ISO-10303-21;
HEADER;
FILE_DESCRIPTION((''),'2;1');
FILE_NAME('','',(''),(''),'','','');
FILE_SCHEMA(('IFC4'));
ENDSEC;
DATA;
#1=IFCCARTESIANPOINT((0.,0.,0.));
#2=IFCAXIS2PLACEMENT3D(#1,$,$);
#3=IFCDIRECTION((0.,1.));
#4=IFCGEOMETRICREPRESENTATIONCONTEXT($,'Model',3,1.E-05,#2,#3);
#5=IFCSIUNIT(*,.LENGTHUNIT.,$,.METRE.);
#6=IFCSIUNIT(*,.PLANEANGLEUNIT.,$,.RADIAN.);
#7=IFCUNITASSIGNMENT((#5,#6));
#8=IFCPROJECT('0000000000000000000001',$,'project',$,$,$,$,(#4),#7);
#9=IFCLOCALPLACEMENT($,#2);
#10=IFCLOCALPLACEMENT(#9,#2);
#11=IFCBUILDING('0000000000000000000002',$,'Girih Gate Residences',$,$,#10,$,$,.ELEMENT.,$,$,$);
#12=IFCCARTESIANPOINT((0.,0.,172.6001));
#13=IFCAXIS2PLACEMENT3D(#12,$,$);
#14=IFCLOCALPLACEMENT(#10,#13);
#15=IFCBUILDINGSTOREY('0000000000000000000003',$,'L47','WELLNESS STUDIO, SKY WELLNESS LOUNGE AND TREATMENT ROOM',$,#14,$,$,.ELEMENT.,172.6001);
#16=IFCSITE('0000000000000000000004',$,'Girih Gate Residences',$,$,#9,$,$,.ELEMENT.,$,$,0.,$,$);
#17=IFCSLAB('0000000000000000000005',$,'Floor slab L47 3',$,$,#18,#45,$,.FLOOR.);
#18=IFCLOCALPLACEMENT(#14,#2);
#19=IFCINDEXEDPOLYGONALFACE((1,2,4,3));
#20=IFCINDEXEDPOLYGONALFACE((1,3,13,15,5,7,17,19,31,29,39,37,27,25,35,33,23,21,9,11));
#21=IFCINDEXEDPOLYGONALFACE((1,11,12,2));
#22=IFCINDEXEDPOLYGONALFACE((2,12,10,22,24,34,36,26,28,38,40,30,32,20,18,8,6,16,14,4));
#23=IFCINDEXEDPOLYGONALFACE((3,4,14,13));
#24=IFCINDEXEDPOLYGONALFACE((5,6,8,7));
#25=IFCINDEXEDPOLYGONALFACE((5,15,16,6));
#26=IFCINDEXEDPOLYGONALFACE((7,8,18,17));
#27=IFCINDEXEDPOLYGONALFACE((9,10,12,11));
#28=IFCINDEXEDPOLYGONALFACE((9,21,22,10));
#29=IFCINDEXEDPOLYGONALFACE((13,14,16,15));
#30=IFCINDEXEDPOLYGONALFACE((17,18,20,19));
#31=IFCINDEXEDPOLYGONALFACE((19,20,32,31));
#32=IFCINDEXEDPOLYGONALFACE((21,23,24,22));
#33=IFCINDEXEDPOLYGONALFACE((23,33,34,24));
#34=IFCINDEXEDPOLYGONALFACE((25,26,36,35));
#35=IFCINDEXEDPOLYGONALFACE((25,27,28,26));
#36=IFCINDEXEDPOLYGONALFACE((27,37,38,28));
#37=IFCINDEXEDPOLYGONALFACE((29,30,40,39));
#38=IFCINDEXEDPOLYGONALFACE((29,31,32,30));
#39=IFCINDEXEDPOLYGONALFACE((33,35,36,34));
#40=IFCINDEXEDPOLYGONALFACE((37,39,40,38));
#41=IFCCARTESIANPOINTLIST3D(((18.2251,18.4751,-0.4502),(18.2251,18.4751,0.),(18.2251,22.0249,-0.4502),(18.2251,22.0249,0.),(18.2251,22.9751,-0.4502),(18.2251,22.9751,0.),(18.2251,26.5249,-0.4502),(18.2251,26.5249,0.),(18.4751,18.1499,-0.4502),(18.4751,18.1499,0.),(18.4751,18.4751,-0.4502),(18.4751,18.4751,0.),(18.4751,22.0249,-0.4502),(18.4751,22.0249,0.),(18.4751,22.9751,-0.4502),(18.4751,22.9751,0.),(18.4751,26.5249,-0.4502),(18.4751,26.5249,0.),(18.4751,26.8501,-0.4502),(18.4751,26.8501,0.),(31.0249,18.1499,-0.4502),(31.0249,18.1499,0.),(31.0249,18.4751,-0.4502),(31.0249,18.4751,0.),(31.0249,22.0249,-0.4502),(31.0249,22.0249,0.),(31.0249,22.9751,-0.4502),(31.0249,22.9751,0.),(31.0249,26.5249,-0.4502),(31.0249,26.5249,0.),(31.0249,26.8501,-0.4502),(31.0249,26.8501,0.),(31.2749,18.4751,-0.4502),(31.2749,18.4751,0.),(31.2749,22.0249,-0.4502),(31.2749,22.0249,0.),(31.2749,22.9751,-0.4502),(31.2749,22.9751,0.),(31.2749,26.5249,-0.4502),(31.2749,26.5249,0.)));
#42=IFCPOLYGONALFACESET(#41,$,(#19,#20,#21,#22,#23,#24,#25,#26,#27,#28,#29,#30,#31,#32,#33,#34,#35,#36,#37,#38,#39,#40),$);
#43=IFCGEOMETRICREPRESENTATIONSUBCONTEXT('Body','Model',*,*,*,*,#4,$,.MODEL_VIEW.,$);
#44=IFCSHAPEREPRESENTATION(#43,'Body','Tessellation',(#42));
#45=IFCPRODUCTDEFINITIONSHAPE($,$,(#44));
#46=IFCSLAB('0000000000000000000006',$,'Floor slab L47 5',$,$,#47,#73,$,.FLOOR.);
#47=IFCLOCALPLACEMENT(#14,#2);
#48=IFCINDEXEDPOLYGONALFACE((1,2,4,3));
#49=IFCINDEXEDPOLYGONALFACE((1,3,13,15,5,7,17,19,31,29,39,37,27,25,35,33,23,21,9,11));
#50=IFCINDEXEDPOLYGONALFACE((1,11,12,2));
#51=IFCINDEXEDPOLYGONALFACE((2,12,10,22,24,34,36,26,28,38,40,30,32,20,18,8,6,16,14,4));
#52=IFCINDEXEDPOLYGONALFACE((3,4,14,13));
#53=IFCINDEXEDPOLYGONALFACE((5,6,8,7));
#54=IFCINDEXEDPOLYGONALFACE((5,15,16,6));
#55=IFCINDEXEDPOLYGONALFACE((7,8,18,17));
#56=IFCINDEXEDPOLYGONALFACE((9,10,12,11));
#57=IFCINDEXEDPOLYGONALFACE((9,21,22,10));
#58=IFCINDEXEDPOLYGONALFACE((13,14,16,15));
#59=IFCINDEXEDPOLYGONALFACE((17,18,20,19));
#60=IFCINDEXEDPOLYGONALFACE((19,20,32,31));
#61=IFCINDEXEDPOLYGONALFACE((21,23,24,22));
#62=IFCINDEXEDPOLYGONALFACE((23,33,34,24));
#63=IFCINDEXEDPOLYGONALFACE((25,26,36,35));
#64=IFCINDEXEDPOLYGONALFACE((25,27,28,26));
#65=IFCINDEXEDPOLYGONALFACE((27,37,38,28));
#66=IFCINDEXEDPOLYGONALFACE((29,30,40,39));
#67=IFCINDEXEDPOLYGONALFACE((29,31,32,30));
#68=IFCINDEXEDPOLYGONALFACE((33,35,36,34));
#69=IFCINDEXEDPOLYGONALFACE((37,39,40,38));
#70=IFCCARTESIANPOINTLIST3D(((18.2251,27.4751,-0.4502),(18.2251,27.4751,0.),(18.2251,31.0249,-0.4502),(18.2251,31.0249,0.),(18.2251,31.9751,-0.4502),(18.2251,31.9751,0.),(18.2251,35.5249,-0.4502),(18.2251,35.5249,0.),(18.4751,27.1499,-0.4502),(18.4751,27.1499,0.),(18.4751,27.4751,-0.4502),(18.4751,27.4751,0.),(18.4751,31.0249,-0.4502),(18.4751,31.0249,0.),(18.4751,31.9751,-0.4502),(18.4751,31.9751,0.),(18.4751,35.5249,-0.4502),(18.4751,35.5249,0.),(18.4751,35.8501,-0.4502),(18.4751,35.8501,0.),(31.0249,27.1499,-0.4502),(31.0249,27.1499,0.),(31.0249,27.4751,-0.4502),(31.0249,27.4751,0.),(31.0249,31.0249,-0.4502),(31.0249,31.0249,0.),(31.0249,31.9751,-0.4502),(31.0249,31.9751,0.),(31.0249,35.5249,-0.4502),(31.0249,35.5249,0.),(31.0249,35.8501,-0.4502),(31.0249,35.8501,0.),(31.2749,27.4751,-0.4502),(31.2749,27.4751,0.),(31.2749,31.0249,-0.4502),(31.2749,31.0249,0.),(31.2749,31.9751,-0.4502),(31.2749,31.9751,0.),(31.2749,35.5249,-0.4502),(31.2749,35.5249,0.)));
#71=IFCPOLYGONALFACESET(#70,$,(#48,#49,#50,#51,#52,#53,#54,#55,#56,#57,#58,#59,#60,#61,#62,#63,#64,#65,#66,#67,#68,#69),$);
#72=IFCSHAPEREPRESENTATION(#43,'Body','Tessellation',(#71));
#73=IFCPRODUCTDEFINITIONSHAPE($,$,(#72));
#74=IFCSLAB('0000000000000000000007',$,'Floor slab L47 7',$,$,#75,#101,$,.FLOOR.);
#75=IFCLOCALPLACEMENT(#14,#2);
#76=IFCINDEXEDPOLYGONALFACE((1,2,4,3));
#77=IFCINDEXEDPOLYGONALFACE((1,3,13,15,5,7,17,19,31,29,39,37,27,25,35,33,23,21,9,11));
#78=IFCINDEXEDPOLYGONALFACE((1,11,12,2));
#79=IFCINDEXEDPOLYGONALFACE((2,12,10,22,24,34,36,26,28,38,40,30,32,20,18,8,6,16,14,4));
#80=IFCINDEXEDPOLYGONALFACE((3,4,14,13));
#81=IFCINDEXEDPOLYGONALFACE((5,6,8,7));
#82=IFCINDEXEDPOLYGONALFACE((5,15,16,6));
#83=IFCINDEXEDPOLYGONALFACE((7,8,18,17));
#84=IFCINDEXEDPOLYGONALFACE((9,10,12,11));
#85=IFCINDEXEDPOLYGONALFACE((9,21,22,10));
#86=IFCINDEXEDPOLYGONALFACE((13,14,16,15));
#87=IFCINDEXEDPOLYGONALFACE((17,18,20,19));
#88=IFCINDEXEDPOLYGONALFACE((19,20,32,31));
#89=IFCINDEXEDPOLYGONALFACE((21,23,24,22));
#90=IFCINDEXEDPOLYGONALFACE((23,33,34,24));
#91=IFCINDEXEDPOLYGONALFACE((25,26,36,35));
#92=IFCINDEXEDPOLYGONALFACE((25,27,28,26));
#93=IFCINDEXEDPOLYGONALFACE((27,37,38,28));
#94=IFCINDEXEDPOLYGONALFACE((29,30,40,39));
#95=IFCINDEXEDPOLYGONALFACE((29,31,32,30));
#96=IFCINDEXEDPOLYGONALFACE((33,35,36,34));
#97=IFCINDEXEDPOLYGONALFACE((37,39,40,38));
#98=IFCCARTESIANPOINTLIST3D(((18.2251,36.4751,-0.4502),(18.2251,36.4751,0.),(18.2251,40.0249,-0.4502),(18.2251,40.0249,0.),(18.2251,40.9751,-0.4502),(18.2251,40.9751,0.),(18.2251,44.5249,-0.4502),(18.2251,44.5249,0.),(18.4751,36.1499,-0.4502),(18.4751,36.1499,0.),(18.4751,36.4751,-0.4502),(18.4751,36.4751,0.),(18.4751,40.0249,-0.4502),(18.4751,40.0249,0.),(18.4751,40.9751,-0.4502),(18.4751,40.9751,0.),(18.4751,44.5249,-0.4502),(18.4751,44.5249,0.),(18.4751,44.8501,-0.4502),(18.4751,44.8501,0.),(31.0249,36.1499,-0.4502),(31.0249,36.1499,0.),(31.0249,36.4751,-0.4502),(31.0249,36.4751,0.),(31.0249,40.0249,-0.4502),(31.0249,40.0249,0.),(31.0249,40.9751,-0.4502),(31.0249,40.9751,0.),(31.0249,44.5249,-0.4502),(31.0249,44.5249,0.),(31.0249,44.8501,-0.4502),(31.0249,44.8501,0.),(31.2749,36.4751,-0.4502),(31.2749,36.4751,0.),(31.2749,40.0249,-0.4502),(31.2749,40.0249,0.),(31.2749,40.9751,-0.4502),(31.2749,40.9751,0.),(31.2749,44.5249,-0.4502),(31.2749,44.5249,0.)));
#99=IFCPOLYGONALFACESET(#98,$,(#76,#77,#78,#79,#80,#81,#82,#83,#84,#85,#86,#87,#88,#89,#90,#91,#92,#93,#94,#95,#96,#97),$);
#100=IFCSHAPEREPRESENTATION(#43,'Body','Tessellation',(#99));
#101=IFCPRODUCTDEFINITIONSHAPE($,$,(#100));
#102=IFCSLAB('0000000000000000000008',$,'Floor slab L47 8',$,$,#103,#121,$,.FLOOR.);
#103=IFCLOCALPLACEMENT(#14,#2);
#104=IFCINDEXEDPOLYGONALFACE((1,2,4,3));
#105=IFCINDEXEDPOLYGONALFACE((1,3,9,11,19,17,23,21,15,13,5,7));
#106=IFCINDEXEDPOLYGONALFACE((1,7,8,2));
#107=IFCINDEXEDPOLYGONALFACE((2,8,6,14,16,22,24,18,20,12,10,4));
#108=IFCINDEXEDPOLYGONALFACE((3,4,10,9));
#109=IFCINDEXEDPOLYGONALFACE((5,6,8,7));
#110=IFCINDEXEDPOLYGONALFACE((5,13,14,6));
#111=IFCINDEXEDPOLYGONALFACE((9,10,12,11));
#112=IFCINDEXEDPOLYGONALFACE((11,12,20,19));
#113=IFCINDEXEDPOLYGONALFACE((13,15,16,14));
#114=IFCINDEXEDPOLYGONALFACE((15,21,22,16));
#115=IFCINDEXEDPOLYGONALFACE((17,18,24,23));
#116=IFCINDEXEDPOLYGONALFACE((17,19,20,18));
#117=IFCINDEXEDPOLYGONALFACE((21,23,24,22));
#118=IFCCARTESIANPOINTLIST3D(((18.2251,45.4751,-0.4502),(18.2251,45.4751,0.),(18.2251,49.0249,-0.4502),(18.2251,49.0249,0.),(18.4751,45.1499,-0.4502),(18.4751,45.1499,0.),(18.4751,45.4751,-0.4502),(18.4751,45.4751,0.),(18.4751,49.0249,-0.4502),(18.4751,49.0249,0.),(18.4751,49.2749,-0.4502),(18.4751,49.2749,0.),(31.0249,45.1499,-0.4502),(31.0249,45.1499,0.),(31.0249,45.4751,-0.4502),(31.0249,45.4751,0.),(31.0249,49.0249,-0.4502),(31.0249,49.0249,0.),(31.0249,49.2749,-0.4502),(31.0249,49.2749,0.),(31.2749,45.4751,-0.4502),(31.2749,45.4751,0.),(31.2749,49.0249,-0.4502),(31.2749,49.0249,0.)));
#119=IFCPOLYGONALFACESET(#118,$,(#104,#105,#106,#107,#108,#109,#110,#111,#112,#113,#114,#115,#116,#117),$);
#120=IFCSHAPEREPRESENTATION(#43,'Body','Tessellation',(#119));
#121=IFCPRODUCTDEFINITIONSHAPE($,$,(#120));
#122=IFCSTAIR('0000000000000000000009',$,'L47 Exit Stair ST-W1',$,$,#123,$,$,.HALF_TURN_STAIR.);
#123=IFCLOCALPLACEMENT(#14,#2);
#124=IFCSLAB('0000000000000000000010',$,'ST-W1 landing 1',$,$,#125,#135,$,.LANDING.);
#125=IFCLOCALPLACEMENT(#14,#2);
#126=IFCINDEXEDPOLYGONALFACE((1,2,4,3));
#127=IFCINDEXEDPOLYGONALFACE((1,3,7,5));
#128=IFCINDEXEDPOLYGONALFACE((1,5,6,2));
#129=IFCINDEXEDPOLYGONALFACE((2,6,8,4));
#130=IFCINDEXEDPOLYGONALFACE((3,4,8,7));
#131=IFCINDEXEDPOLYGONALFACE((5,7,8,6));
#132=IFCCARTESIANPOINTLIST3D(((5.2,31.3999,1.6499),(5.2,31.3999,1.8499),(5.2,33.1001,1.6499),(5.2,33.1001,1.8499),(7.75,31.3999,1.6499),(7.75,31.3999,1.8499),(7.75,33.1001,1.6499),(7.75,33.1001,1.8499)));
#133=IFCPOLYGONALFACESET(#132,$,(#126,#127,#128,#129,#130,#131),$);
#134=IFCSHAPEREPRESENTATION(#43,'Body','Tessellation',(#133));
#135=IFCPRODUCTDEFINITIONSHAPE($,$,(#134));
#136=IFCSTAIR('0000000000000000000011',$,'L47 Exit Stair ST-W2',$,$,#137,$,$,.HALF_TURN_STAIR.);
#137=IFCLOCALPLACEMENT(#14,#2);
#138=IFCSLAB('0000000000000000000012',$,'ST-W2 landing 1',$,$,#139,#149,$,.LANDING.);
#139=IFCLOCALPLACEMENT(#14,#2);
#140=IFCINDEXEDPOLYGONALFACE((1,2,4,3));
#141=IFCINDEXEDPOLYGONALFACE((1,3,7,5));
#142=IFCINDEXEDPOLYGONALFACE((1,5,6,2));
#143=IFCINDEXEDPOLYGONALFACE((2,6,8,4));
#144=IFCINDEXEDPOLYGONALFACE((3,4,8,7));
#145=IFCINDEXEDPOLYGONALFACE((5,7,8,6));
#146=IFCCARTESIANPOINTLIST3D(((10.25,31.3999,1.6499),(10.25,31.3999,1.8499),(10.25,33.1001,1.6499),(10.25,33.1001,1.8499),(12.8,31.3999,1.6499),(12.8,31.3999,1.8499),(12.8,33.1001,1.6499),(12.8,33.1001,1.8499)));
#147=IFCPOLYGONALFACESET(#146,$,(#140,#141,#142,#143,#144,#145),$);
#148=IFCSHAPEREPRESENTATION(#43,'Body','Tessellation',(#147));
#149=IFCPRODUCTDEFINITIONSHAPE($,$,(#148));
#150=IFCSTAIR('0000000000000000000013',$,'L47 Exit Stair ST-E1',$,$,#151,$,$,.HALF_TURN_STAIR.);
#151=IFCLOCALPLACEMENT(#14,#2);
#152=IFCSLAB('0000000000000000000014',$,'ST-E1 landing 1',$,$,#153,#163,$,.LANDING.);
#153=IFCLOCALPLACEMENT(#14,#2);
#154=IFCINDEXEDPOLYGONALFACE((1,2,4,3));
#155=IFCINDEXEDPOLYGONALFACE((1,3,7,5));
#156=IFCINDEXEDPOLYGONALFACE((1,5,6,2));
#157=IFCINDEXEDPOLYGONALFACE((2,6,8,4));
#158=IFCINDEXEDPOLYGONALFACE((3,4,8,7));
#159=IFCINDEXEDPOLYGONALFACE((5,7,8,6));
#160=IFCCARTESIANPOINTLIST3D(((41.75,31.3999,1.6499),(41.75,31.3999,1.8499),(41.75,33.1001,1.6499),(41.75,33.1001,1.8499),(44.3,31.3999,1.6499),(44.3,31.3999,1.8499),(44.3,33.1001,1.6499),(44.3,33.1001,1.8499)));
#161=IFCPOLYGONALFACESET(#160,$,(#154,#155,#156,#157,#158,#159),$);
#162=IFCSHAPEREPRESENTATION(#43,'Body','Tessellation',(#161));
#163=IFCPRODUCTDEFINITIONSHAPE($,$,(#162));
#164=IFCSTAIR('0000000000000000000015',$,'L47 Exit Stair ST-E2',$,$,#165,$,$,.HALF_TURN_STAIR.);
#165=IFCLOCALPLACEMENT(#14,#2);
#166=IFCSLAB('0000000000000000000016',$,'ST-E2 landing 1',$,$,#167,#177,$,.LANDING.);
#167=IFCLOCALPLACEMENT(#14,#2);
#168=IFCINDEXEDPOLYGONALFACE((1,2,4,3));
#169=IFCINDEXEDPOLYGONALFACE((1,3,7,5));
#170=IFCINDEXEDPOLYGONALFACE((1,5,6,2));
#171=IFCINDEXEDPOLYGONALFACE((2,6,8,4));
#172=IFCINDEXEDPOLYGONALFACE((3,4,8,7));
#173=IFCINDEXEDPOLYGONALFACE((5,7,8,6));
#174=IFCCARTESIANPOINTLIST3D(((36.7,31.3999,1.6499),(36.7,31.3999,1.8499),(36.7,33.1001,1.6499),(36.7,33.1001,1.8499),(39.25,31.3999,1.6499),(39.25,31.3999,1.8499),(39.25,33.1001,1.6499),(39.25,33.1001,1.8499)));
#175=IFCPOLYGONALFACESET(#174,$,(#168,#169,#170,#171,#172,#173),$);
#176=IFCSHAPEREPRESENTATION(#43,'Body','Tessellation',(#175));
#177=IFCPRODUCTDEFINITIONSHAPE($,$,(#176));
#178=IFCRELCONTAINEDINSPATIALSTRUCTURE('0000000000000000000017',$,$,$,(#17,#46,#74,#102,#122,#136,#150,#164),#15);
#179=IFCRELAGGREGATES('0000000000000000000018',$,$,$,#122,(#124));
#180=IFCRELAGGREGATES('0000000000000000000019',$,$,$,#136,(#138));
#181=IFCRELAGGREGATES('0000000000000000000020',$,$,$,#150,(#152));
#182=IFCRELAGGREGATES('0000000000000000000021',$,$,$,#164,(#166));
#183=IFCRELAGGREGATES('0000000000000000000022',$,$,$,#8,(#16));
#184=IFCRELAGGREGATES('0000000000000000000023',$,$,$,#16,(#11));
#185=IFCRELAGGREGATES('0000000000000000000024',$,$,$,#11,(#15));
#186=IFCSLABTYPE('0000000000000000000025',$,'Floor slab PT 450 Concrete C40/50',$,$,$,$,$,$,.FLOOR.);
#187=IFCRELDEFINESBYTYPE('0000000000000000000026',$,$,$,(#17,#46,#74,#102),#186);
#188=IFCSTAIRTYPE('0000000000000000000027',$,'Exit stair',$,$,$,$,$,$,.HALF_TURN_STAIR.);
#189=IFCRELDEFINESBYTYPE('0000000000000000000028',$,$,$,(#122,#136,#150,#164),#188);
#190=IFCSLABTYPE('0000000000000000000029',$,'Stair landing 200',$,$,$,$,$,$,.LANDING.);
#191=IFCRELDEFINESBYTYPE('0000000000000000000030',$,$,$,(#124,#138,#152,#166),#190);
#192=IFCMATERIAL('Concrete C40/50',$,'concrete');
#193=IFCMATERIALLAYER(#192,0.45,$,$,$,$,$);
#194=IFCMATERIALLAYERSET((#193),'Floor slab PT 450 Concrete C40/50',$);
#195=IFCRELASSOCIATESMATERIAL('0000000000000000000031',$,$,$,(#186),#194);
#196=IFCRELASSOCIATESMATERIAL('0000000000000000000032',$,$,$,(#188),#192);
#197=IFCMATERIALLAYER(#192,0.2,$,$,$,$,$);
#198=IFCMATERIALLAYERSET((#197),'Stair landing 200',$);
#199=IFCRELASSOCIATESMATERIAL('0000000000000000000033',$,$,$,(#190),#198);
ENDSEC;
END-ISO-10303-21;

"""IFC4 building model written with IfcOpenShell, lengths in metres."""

from ifc_helpers import new_model, si_unit, direction, frame, origin, place, context, subcontext, project, spatial, polyline, outline, extrude, material, layer, layer_set, type_object, element, aggregate, save


model = new_model("IFC4")

# Units and contexts
model_context = context("Model", 3, precision=1e-05, world=origin(), true_north=direction((0.0, 1.0)))
body_context = subcontext(model_context, "Body", "Model", "MODEL_VIEW")
ifc_project = project(units=[si_unit("LENGTHUNIT", "METRE"), si_unit("PLANEANGLEUNIT", "RADIAN")], contexts=[model_context])

# Site, building, storey
site_placement = place(None, origin())
site = spatial("IfcSite", under=ifc_project, at=site_placement, Name="Girih Gate Residences", CompositionType="ELEMENT", RefElevation=0.0)
building_placement = place(site_placement, origin())
building = spatial("IfcBuilding", under=site, at=building_placement, Name="Girih Gate Residences", CompositionType="ELEMENT")
storey_placement = place(building_placement, frame((0.0, 0.0, 172.6001)))
storey = spatial("IfcBuildingStorey", under=building, at=storey_placement, Name="L47", Description="WELLNESS STUDIO, SKY WELLNESS LOUNGE AND TREATMENT ROOM", CompositionType="ELEMENT", Elevation=172.6001)

# Slabs
ifc_material_1 = material(Name="Concrete C40/50", Category="concrete")
ifc_layer_1 = layer(ifc_material_1, 0.45)
ifc_layer_set_1 = layer_set([ifc_layer_1], Name="Floor slab PT 450 Concrete C40/50")
slab_type_1 = type_object("IfcSlabType", Name="Floor slab PT 450 Concrete C40/50", PredefinedType="FLOOR", material=ifc_layer_set_1)
slab_1_placement = place(storey_placement, frame((0.0, 0.0, -0.4502)))
element("IfcSlab", 1, at=slab_1_placement, inside=storey, type_object=slab_type_1, Name="Floor slab L47 3", PredefinedType="FLOOR", context=body_context, shape_type="SweptSolid", body=[
    extrude(outline(polyline([(18.4751, 26.8501), (18.4751, 26.5249), (18.2251, 26.5249), (18.2251, 22.9751), (18.4751, 22.9751), (18.4751, 22.0249), (18.2251, 22.0249), (18.2251, 18.4751), (18.4751, 18.4751), (18.4751, 18.1499), (31.0249, 18.1499), (31.0249, 18.4751), (31.2749, 18.4751), (31.2749, 22.0249), (31.0249, 22.0249), (31.0249, 22.9751), (31.2749, 22.9751), (31.2749, 26.5249), (31.0249, 26.5249), (31.0249, 26.8501), (18.4751, 26.8501)])), origin(), (0.0, 0.0, 1.0), 0.4502),
])
slab_2_placement = place(storey_placement, frame((0.0, 0.0, -0.4502)))
element("IfcSlab", 2, at=slab_2_placement, inside=storey, type_object=slab_type_1, Name="Floor slab L47 5", PredefinedType="FLOOR", context=body_context, shape_type="SweptSolid", body=[
    extrude(outline(polyline([(18.4751, 35.8501), (18.4751, 35.5249), (18.2251, 35.5249), (18.2251, 31.9751), (18.4751, 31.9751), (18.4751, 31.0249), (18.2251, 31.0249), (18.2251, 27.4751), (18.4751, 27.4751), (18.4751, 27.1499), (31.0249, 27.1499), (31.0249, 27.4751), (31.2749, 27.4751), (31.2749, 31.0249), (31.0249, 31.0249), (31.0249, 31.9751), (31.2749, 31.9751), (31.2749, 35.5249), (31.0249, 35.5249), (31.0249, 35.8501), (18.4751, 35.8501)])), origin(), (0.0, 0.0, 1.0), 0.4502),
])
slab_3_placement = place(storey_placement, frame((0.0, 0.0, -0.4502)))
element("IfcSlab", 3, at=slab_3_placement, inside=storey, type_object=slab_type_1, Name="Floor slab L47 7", PredefinedType="FLOOR", context=body_context, shape_type="SweptSolid", body=[
    extrude(outline(polyline([(18.4751, 44.8501), (18.4751, 44.5249), (18.2251, 44.5249), (18.2251, 40.9751), (18.4751, 40.9751), (18.4751, 40.0249), (18.2251, 40.0249), (18.2251, 36.4751), (18.4751, 36.4751), (18.4751, 36.1499), (31.0249, 36.1499), (31.0249, 36.4751), (31.2749, 36.4751), (31.2749, 40.0249), (31.0249, 40.0249), (31.0249, 40.9751), (31.2749, 40.9751), (31.2749, 44.5249), (31.0249, 44.5249), (31.0249, 44.8501), (18.4751, 44.8501)])), origin(), (0.0, 0.0, 1.0), 0.4502),
])
slab_4_placement = place(storey_placement, frame((0.0, 0.0, -0.4502)))
element("IfcSlab", 4, at=slab_4_placement, inside=storey, type_object=slab_type_1, Name="Floor slab L47 8", PredefinedType="FLOOR", context=body_context, shape_type="SweptSolid", body=[
    extrude(outline(polyline([(31.0249, 49.2749), (18.4751, 49.2749), (18.4751, 49.0249), (18.2251, 49.0249), (18.2251, 45.4751), (18.4751, 45.4751), (18.4751, 45.1499), (31.0249, 45.1499), (31.0249, 45.4751), (31.2749, 45.4751), (31.2749, 49.0249), (31.0249, 49.0249), (31.0249, 49.2749)])), origin(), (0.0, 0.0, 1.0), 0.4502),
])

# Stairs, slabs
stair_type = type_object("IfcStairType", Name="Exit stair", PredefinedType="HALF_TURN_STAIR", material=ifc_material_1)
stair_1_placement = place(storey_placement, origin())
stair_1 = element("IfcStair", 5, at=stair_1_placement, inside=storey, type_object=stair_type, Name="L47 Exit Stair ST-W1", PredefinedType="HALF_TURN_STAIR")
ifc_layer_2 = layer(ifc_material_1, 0.2)
ifc_layer_set_2 = layer_set([ifc_layer_2], Name="Stair landing 200")
slab_type_2 = type_object("IfcSlabType", Name="Stair landing 200", PredefinedType="LANDING", material=ifc_layer_set_2)
slab_5_placement = place(storey_placement, frame((0.0, 0.0, 1.6499)))
slab_5 = element("IfcSlab", 6, at=slab_5_placement, type_object=slab_type_2, Name="ST-W1 landing 1", PredefinedType="LANDING", context=body_context, shape_type="SweptSolid", body=[
    extrude(outline(polyline([(7.75, 31.3999), (7.75, 33.1001), (5.2, 33.1001), (5.2, 31.3999), (7.75, 31.3999)])), origin(), (0.0, 0.0, 1.0), 0.2),
])
aggregate(stair_1, [slab_5])
stair_2_placement = place(storey_placement, origin())
stair_2 = element("IfcStair", 7, at=stair_2_placement, inside=storey, type_object=stair_type, Name="L47 Exit Stair ST-W2", PredefinedType="HALF_TURN_STAIR")
slab_6_placement = place(storey_placement, frame((0.0, 0.0, 1.6499)))
slab_6 = element("IfcSlab", 8, at=slab_6_placement, type_object=slab_type_2, Name="ST-W2 landing 1", PredefinedType="LANDING", context=body_context, shape_type="SweptSolid", body=[
    extrude(outline(polyline([(12.8, 31.3999), (12.8, 33.1001), (10.25, 33.1001), (10.25, 31.3999), (12.8, 31.3999)])), origin(), (0.0, 0.0, 1.0), 0.2),
])
aggregate(stair_2, [slab_6])
stair_3_placement = place(storey_placement, origin())
stair_3 = element("IfcStair", 9, at=stair_3_placement, inside=storey, type_object=stair_type, Name="L47 Exit Stair ST-E1", PredefinedType="HALF_TURN_STAIR")
slab_7_placement = place(storey_placement, frame((0.0, 0.0, 1.6499)))
slab_7 = element("IfcSlab", 10, at=slab_7_placement, type_object=slab_type_2, Name="ST-E1 landing 1", PredefinedType="LANDING", context=body_context, shape_type="SweptSolid", body=[
    extrude(outline(polyline([(44.3, 31.3999), (44.3, 33.1001), (41.75, 33.1001), (41.75, 31.3999), (44.3, 31.3999)])), origin(), (0.0, 0.0, 1.0), 0.2),
])
aggregate(stair_3, [slab_7])
stair_4_placement = place(storey_placement, origin())
stair_4 = element("IfcStair", 11, at=stair_4_placement, inside=storey, type_object=stair_type, Name="L47 Exit Stair ST-E2", PredefinedType="HALF_TURN_STAIR")
slab_8_placement = place(storey_placement, frame((0.0, 0.0, 1.6499)))
slab_8 = element("IfcSlab", 12, at=slab_8_placement, type_object=slab_type_2, Name="ST-E2 landing 1", PredefinedType="LANDING", context=body_context, shape_type="SweptSolid", body=[
    extrude(outline(polyline([(39.25, 31.3999), (39.25, 33.1001), (36.7, 33.1001), (36.7, 31.3999), (39.25, 31.3999)])), origin(), (0.0, 0.0, 1.0), 0.2),
])
aggregate(stair_4, [slab_8])

save(model, "model.ifc")
